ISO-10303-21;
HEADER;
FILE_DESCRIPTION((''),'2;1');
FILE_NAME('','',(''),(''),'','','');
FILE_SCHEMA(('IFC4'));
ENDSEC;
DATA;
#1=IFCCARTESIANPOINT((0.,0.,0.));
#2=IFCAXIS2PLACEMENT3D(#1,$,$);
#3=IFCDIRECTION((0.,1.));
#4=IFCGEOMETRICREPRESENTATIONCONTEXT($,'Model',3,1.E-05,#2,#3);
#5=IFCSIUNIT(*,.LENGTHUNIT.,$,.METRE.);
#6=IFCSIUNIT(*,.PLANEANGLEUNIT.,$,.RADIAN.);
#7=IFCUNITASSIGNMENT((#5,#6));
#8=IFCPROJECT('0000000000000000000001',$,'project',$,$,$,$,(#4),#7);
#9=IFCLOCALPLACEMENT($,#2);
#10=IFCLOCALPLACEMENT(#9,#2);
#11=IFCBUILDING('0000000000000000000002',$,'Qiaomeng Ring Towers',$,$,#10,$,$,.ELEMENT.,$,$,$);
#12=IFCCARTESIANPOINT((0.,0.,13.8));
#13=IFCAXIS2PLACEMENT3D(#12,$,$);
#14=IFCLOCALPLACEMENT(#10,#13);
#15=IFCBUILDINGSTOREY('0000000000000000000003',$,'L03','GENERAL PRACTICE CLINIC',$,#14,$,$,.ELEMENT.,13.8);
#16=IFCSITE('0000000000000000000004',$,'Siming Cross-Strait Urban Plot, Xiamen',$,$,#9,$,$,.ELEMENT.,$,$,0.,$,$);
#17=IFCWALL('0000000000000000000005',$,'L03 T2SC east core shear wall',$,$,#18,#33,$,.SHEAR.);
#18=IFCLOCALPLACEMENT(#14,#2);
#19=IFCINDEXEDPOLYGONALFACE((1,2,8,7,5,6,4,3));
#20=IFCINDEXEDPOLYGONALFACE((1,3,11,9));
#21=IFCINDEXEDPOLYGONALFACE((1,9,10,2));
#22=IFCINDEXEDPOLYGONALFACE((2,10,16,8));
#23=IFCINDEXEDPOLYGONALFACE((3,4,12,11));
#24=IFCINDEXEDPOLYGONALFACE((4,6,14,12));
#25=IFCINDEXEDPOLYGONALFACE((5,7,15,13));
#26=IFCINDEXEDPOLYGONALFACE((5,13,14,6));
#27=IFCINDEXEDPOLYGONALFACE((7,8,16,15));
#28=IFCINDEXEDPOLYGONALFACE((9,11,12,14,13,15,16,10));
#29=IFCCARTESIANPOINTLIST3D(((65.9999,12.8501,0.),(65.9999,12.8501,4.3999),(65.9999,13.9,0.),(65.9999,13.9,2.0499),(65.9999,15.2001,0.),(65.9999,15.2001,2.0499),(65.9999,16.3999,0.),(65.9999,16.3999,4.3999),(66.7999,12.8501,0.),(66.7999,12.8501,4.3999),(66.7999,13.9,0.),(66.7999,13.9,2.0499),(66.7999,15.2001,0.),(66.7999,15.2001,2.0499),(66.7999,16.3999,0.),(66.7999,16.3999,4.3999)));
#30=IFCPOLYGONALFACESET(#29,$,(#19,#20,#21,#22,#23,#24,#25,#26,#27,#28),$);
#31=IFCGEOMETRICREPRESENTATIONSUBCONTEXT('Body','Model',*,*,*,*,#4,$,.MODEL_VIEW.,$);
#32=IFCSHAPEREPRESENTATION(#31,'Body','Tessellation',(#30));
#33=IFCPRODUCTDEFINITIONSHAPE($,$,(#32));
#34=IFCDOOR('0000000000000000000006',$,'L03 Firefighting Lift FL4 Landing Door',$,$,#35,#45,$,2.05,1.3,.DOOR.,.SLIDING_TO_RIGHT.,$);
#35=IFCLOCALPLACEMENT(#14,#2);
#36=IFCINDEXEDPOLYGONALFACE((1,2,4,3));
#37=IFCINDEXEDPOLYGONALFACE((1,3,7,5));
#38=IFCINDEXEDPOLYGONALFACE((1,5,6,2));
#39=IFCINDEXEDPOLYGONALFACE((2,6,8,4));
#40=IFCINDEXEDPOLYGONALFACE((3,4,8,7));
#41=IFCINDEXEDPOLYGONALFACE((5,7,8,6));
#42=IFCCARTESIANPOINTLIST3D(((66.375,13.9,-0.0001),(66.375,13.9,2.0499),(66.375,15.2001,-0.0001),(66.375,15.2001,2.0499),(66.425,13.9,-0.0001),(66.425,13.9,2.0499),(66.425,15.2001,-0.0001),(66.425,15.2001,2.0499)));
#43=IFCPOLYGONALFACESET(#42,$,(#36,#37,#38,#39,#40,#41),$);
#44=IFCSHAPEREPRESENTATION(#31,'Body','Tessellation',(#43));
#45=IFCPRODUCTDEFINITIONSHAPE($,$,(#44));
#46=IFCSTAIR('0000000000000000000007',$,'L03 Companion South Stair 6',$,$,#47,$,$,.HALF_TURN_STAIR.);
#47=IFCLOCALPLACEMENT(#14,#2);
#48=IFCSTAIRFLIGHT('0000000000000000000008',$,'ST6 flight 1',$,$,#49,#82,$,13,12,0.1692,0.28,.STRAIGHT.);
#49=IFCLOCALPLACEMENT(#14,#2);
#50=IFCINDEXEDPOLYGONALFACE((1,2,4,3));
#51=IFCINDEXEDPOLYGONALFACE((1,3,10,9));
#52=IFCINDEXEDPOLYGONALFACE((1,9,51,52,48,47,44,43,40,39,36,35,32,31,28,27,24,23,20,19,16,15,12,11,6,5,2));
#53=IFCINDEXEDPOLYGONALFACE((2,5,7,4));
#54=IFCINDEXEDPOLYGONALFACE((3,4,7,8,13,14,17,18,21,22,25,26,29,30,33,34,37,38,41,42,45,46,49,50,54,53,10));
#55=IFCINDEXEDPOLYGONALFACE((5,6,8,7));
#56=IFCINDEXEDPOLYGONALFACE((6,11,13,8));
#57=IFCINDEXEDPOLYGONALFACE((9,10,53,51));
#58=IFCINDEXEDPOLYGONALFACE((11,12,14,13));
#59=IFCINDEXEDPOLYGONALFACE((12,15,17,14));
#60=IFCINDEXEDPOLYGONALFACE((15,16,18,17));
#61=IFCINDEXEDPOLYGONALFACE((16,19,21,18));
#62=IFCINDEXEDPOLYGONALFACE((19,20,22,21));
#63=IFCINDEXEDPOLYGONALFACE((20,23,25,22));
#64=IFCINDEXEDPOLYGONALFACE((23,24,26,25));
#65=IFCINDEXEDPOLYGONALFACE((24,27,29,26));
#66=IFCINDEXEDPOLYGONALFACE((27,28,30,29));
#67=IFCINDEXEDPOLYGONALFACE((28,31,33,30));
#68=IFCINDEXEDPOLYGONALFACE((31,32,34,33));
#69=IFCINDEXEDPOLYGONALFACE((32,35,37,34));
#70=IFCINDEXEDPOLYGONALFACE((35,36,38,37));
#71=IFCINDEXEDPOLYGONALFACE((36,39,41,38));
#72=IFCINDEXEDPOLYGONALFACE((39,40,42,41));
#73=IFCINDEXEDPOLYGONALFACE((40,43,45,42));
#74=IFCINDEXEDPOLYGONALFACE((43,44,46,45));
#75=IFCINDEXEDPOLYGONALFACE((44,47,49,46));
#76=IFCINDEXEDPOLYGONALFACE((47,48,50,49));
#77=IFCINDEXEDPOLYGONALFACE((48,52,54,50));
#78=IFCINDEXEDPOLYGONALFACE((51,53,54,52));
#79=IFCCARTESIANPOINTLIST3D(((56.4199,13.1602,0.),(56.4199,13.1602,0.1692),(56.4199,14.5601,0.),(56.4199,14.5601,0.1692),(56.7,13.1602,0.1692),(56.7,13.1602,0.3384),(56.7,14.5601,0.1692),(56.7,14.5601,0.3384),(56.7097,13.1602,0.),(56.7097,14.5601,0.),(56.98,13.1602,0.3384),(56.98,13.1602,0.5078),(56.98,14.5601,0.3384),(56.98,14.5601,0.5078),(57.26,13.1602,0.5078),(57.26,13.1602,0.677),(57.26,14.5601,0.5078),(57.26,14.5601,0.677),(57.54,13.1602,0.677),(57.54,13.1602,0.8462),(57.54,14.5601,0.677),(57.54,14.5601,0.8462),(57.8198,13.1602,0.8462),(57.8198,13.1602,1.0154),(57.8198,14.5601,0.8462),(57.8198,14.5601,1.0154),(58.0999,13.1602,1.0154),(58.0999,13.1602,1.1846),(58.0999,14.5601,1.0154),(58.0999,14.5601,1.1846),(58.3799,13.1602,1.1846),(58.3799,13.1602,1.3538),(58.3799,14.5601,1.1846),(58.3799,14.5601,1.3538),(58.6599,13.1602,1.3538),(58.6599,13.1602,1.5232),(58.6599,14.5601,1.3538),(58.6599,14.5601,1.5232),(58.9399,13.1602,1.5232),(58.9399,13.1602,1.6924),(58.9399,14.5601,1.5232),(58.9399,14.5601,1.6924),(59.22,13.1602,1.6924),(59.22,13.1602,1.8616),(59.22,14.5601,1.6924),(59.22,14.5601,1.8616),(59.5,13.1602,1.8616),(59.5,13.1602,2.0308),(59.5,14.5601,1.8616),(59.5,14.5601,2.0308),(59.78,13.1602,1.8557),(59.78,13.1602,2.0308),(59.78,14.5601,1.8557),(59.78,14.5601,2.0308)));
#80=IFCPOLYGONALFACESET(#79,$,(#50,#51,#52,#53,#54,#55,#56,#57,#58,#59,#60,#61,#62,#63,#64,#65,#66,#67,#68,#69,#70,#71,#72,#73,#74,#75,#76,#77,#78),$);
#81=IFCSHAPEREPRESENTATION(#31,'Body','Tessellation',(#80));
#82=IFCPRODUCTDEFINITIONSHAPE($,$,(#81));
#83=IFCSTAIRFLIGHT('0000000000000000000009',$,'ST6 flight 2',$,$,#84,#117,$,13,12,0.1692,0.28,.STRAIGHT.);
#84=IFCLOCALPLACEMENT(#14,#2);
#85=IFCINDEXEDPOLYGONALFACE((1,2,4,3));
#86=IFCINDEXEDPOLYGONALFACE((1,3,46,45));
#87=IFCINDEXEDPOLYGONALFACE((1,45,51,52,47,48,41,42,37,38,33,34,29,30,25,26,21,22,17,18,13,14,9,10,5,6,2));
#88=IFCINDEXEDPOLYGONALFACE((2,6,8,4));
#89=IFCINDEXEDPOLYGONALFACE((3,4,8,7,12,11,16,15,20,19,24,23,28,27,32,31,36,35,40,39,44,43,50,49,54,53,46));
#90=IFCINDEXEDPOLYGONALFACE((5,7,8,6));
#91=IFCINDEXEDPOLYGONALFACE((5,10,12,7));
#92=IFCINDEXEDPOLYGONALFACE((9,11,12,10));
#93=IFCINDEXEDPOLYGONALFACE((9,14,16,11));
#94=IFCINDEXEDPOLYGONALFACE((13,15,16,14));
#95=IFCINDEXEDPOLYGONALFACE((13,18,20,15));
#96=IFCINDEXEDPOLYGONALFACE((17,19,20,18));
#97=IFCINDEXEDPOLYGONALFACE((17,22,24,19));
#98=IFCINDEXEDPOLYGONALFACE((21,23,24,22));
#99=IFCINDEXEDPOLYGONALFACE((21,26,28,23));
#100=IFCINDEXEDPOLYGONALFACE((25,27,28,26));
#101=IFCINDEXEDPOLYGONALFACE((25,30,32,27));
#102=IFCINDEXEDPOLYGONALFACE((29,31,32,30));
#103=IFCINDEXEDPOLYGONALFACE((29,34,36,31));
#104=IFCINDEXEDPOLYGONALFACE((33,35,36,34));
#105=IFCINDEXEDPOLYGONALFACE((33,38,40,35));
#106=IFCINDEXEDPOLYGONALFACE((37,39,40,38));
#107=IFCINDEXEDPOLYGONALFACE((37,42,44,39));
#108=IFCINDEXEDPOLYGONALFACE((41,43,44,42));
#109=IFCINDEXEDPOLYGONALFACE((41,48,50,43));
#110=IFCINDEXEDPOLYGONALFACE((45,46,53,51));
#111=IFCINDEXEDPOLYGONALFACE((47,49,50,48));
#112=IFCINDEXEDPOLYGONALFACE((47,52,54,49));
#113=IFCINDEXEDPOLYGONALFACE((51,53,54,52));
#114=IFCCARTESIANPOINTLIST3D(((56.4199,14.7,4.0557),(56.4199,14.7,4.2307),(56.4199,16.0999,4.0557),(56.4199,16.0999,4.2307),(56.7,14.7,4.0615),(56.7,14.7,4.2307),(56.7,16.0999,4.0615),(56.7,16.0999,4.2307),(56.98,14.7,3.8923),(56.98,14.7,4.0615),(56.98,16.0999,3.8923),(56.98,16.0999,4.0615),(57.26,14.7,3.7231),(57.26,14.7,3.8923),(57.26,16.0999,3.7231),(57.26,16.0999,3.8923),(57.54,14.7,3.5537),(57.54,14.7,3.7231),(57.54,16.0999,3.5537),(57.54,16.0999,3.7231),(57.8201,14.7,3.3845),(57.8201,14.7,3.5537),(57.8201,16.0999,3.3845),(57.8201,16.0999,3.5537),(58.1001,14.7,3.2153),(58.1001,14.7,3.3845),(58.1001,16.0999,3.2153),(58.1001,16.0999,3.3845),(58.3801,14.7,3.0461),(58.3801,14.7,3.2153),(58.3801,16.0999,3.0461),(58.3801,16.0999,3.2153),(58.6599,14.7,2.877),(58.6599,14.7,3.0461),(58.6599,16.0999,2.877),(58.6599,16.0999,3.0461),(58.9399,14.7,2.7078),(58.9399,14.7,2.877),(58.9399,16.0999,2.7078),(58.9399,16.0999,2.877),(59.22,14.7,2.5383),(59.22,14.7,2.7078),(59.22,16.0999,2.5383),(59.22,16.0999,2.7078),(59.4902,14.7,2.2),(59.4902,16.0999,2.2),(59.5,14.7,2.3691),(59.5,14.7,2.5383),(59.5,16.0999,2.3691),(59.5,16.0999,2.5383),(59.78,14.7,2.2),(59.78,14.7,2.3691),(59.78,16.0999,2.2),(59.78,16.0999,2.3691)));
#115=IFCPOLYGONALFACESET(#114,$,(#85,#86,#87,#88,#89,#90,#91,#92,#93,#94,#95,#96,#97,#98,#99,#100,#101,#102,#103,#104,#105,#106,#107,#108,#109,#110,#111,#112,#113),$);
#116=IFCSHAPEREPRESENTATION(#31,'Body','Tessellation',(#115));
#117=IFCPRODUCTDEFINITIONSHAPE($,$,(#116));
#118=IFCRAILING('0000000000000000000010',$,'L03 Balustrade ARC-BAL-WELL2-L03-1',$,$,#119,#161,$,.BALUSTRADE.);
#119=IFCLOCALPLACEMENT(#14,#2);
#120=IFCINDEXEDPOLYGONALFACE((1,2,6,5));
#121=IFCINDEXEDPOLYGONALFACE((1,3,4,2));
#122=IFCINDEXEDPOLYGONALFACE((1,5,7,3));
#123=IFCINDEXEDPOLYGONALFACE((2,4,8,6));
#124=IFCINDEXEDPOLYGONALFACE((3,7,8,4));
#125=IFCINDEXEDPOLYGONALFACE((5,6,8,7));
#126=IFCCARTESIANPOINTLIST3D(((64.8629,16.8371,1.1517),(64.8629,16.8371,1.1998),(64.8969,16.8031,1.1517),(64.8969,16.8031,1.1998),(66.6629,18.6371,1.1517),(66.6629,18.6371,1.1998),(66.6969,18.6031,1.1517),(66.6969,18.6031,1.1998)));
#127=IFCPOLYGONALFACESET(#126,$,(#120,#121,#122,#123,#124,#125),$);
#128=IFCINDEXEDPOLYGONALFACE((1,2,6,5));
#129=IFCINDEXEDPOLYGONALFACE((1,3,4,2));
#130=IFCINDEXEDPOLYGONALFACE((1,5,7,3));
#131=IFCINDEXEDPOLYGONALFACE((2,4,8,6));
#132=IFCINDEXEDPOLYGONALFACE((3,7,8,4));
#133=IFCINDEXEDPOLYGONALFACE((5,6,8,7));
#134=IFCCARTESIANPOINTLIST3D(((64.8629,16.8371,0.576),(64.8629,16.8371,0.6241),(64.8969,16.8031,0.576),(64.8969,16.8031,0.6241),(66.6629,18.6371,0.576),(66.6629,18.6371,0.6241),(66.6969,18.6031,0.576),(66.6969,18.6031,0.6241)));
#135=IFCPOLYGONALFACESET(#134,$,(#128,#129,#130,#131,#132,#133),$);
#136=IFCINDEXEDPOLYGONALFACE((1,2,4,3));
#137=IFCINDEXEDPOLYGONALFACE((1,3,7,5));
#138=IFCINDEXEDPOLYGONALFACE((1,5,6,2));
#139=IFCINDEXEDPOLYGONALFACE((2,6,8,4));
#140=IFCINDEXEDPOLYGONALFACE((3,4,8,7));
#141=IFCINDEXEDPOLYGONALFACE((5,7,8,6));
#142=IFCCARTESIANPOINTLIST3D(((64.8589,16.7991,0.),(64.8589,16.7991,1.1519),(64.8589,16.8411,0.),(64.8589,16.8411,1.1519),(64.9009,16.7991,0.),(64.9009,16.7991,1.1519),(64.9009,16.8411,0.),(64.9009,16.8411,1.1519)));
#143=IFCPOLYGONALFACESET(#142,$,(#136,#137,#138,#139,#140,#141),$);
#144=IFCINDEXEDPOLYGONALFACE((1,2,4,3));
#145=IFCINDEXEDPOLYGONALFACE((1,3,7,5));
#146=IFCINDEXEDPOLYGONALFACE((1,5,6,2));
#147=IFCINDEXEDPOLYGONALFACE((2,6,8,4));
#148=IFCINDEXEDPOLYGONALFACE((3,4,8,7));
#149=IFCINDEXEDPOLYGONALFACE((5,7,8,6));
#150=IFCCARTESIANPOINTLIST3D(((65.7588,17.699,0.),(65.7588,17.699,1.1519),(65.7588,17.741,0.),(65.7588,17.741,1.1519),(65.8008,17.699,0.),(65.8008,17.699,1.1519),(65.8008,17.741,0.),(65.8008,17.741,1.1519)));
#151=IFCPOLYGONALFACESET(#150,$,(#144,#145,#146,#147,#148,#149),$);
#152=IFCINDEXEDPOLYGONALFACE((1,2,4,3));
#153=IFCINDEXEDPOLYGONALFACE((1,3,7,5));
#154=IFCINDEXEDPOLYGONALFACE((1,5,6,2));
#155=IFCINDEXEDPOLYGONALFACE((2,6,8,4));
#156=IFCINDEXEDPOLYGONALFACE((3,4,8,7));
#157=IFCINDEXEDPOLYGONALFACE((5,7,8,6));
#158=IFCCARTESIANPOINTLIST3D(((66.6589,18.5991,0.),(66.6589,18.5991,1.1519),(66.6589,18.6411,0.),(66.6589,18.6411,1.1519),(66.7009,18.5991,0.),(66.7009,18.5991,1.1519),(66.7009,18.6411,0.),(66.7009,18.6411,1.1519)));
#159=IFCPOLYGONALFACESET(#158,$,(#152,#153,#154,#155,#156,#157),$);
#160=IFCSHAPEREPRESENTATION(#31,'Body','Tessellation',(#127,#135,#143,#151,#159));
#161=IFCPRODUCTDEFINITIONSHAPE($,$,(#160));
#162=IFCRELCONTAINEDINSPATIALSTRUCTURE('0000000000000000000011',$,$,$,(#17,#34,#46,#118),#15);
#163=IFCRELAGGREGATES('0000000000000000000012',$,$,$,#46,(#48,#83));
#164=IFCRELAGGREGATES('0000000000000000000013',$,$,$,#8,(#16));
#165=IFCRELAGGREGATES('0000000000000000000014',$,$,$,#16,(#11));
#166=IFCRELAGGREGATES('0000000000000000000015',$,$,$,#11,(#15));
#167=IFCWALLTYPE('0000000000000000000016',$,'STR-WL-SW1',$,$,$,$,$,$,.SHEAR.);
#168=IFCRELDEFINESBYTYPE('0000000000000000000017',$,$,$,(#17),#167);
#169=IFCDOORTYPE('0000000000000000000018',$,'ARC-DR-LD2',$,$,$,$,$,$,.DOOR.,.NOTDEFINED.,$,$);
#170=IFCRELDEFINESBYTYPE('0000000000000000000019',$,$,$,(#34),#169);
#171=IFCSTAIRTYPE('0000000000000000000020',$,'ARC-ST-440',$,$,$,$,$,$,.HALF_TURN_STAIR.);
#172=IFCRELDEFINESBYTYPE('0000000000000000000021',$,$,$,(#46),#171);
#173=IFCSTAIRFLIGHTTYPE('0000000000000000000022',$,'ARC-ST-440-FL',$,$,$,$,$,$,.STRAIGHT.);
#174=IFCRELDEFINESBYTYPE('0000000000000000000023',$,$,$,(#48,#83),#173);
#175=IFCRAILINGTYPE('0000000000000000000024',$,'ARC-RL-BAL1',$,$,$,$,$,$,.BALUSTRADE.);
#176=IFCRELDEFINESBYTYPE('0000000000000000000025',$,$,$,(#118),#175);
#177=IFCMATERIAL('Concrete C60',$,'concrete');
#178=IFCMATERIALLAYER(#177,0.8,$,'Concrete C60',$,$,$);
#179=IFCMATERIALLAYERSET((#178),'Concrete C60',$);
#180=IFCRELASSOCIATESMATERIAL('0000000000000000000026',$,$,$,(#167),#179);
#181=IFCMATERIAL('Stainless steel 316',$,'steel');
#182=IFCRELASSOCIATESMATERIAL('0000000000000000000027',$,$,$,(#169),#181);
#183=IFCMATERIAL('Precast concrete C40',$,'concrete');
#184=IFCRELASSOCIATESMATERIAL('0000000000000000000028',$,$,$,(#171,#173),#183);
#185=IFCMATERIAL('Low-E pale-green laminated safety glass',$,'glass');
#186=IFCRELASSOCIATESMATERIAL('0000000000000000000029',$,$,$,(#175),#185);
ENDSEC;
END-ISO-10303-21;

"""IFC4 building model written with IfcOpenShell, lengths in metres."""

from ifc_helpers import new_model, si_unit, direction, frame, frame_2d, origin, origin_2d, place, context, subcontext, project, spatial, polyline, rectangle, outline, extrude, source, transform, mapped, material, layer, layer_set, type_object, element, fill, aggregate, save


model = new_model("IFC4")

# Units and contexts
model_context = context("Model", 3, precision=1e-05, world=origin(), true_north=direction((0.0, 1.0)))
body_context = subcontext(model_context, "Body", "Model", "MODEL_VIEW")
ifc_project = project(units=[si_unit("LENGTHUNIT", "METRE"), si_unit("PLANEANGLEUNIT", "RADIAN")], contexts=[model_context])

# Site, building, storey
site_placement = place(None, origin())
site = spatial("IfcSite", under=ifc_project, at=site_placement, Name="Siming Cross-Strait Urban Plot, Xiamen", CompositionType="ELEMENT", RefElevation=0.0)
building_placement = place(site_placement, origin())
building = spatial("IfcBuilding", under=site, at=building_placement, Name="Qiaomeng Ring Towers", CompositionType="ELEMENT")
storey_placement = place(building_placement, frame((0.0, 0.0, 13.8)))
storey = spatial("IfcBuildingStorey", under=building, at=storey_placement, Name="L03", Description="GENERAL PRACTICE CLINIC", CompositionType="ELEMENT", Elevation=13.8)

# Wall, opening, door
ifc_material_1 = material(Name="Concrete C60", Category="concrete")
ifc_layer_1 = layer(ifc_material_1, 0.8, Name="Concrete C60")
ifc_layer_set_1 = layer_set([ifc_layer_1], Name="Concrete C60")
wall_type_1 = type_object("IfcWallType", Name="STR-WL-SW1", PredefinedType="SHEAR", material=ifc_layer_set_1)
wall_1_placement = place(storey_placement, frame((66.3999, 12.8501, 0.0), z_axis=(0.0, 0.0, 1.0), x_axis=(0.0, 1.0, 0.0)))
wall_1 = element("IfcWall", 1, at=wall_1_placement, inside=storey, type_object=wall_type_1, Name="L03 T2SC east core shear wall", PredefinedType="SHEAR", context=body_context, shape_type="SweptSolid", body=[
    extrude(rectangle(XDim=3.5498, YDim=0.8, at=frame_2d((1.7749, 0.0))), origin(), (0.0, 0.0, 1.0), 4.3999),
])
opening_1_placement = place(wall_1_placement, frame((1.05, 0.0, 0.0)))
opening_1 = element("IfcOpeningElement", 2, at=opening_1_placement, cuts=wall_1, PredefinedType="OPENING", context=body_context, shape_type="SweptSolid", body=[
    extrude(rectangle(XDim=1.3, YDim=2.05, at=frame_2d((0.6499, 1.0249))), frame((0.0, 0.4099, 0.0), z_axis=(0.0, -1.0, 0.0), x_axis=(1.0, 0.0, 0.0)), (0.0, 0.0, 1.0), 0.8201),
])
ifc_material_2 = material(Name="Stainless steel 316", Category="steel")
door_type_1 = type_object("IfcDoorType", Name="ARC-DR-LD2", OperationType="NOTDEFINED", PredefinedType="DOOR", material=ifc_material_2)
shared_shape_1 = source(origin(), body_context, "Body", "SweptSolid", [
    extrude(rectangle(XDim=1.3, YDim=2.05, at=frame_2d((0.6499, 1.0249))), frame((0.0, 0.0249, 0.0), z_axis=(0.0, -1.0, 0.0), x_axis=(1.0, 0.0, 0.0)), (0.0, 0.0, 1.0), 0.05),
])
door_1_placement = place(opening_1_placement, origin())
door_1 = element("IfcDoor", 3, at=door_1_placement, inside=storey, type_object=door_type_1, Name="L03 Firefighting Lift FL4 Landing Door", OperationType="SLIDING_TO_RIGHT", OverallHeight=2.05, OverallWidth=1.3, PredefinedType="DOOR", context=body_context, shape_type="MappedRepresentation", body=[
    mapped(shared_shape_1, transform((0.0, 0.0, 0.0), x_axis=(1.0, 0.0, 0.0), y_axis=(0.0, 1.0, 0.0), z_axis=(0.0, 0.0, 1.0), scale=1.0)),
])
fill(opening_1, door_1)

# Stair, stair flights
ifc_material_3 = material(Name="Precast concrete C40", Category="concrete")
stair_type = type_object("IfcStairType", Name="ARC-ST-440", PredefinedType="HALF_TURN_STAIR", material=ifc_material_3)
stair_placement = place(storey_placement, origin())
stair = element("IfcStair", 4, at=stair_placement, inside=storey, type_object=stair_type, Name="L03 Companion South Stair 6", PredefinedType="HALF_TURN_STAIR")
stair_flight_type = type_object("IfcStairFlightType", Name="ARC-ST-440-FL", PredefinedType="STRAIGHT", material=ifc_material_3)
shared_shape_2 = source(origin(), body_context, "Body", "SweptSolid", [
    extrude(outline(polyline([(0.0, 0.0), (0.0, 0.1692), (0.28, 0.1692), (0.28, 0.3384), (0.5601, 0.3384), (0.5601, 0.5078), (0.8401, 0.5078), (0.8401, 0.677), (1.1201, 0.677), (1.1201, 0.8462), (1.3999, 0.8462), (1.3999, 1.0154), (1.6799, 1.0154), (1.6799, 1.1846), (1.96, 1.1846), (1.96, 1.3538), (2.24, 1.3538), (2.24, 1.5232), (2.52, 1.5232), (2.52, 1.6924), (2.8, 1.6924), (2.8, 1.8616), (3.0801, 1.8616), (3.0801, 2.0308), (3.3601, 2.0308), (3.3601, 2.2), (3.3601, 1.8557), (0.2898, 0.0), (0.0, 0.0)])), frame((0.0, 0.7, 0.0), z_axis=(0.0, -1.0, 0.0), x_axis=(1.0, 0.0, 0.0)), (0.0, 0.0, 1.0), 1.3999),
])
stair_flight_1_placement = place(storey_placement, frame((56.4199, 13.8601, 0.0), z_axis=(0.0, 0.0, 1.0), x_axis=(1.0, 0.0, 0.0)))
stair_flight_1 = element("IfcStairFlight", 5, at=stair_flight_1_placement, type_object=stair_flight_type, Name="ST6 flight 1", NumberOfRisers=13, NumberOfTreads=12, PredefinedType="STRAIGHT", RiserHeight=0.1692, TreadLength=0.28, context=body_context, shape_type="MappedRepresentation", body=[
    mapped(shared_shape_2, transform((0.0, 0.0, 0.0), x_axis=(1.0, 0.0, 0.0), y_axis=(0.0, 1.0, 0.0), z_axis=(0.0, 0.0, 1.0), scale=1.0)),
])
stair_flight_2_placement = place(storey_placement, frame((59.78, 15.3999, 2.2), z_axis=(0.0, 0.0, 1.0), x_axis=(-1.0, 0.0, 0.0)))
stair_flight_2 = element("IfcStairFlight", 6, at=stair_flight_2_placement, type_object=stair_flight_type, Name="ST6 flight 2", NumberOfRisers=13, NumberOfTreads=12, PredefinedType="STRAIGHT", RiserHeight=0.1692, TreadLength=0.28, context=body_context, shape_type="MappedRepresentation", body=[
    mapped(shared_shape_2, transform((0.0, 0.0, 0.0), x_axis=(1.0, 0.0, 0.0), y_axis=(0.0, 1.0, 0.0), z_axis=(0.0, 0.0, 1.0), scale=1.0)),
])
aggregate(stair, [stair_flight_1, stair_flight_2])

# Railing
ifc_material_4 = material(Name="Low-E pale-green laminated safety glass", Category="glass")
railing_type_1 = type_object("IfcRailingType", Name="ARC-RL-BAL1", PredefinedType="BALUSTRADE", material=ifc_material_4)
railing_1_placement = place(storey_placement, frame((64.8799, 16.8201, 0.0)))
element("IfcRailing", 7, at=railing_1_placement, inside=storey, type_object=railing_type_1, Name="L03 Balustrade ARC-BAL-WELL2-L03-1", PredefinedType="BALUSTRADE", context=body_context, shape_type="SweptSolid", body=[
    extrude(rectangle(XDim=0.0481, YDim=0.0481, at=origin_2d()), frame((0.0, 0.0, 1.1758), z_axis=(0.707107, 0.707107, 0.0), x_axis=(-0.707107, 0.707107, 0.0)), (0.0, 0.0, 1.0), 2.5457),
    extrude(rectangle(XDim=0.0481, YDim=0.0481, at=origin_2d()), frame((0.0, 0.0, 0.6001), z_axis=(0.707107, 0.707107, 0.0), x_axis=(-0.707107, 0.707107, 0.0)), (0.0, 0.0, 1.0), 2.5457),
    extrude(rectangle(XDim=0.042, YDim=0.042, at=origin_2d()), origin(), (0.0, 0.0, 1.0), 1.1519),
    extrude(rectangle(XDim=0.042, YDim=0.042, at=origin_2d()), frame((0.8999, 0.8999, 0.0)), (0.0, 0.0, 1.0), 1.1519),
    extrude(rectangle(XDim=0.042, YDim=0.042, at=origin_2d()), frame((1.8, 1.8, 0.0)), (0.0, 0.0, 1.0), 1.1519),
])

save(model, "model.ifc")
